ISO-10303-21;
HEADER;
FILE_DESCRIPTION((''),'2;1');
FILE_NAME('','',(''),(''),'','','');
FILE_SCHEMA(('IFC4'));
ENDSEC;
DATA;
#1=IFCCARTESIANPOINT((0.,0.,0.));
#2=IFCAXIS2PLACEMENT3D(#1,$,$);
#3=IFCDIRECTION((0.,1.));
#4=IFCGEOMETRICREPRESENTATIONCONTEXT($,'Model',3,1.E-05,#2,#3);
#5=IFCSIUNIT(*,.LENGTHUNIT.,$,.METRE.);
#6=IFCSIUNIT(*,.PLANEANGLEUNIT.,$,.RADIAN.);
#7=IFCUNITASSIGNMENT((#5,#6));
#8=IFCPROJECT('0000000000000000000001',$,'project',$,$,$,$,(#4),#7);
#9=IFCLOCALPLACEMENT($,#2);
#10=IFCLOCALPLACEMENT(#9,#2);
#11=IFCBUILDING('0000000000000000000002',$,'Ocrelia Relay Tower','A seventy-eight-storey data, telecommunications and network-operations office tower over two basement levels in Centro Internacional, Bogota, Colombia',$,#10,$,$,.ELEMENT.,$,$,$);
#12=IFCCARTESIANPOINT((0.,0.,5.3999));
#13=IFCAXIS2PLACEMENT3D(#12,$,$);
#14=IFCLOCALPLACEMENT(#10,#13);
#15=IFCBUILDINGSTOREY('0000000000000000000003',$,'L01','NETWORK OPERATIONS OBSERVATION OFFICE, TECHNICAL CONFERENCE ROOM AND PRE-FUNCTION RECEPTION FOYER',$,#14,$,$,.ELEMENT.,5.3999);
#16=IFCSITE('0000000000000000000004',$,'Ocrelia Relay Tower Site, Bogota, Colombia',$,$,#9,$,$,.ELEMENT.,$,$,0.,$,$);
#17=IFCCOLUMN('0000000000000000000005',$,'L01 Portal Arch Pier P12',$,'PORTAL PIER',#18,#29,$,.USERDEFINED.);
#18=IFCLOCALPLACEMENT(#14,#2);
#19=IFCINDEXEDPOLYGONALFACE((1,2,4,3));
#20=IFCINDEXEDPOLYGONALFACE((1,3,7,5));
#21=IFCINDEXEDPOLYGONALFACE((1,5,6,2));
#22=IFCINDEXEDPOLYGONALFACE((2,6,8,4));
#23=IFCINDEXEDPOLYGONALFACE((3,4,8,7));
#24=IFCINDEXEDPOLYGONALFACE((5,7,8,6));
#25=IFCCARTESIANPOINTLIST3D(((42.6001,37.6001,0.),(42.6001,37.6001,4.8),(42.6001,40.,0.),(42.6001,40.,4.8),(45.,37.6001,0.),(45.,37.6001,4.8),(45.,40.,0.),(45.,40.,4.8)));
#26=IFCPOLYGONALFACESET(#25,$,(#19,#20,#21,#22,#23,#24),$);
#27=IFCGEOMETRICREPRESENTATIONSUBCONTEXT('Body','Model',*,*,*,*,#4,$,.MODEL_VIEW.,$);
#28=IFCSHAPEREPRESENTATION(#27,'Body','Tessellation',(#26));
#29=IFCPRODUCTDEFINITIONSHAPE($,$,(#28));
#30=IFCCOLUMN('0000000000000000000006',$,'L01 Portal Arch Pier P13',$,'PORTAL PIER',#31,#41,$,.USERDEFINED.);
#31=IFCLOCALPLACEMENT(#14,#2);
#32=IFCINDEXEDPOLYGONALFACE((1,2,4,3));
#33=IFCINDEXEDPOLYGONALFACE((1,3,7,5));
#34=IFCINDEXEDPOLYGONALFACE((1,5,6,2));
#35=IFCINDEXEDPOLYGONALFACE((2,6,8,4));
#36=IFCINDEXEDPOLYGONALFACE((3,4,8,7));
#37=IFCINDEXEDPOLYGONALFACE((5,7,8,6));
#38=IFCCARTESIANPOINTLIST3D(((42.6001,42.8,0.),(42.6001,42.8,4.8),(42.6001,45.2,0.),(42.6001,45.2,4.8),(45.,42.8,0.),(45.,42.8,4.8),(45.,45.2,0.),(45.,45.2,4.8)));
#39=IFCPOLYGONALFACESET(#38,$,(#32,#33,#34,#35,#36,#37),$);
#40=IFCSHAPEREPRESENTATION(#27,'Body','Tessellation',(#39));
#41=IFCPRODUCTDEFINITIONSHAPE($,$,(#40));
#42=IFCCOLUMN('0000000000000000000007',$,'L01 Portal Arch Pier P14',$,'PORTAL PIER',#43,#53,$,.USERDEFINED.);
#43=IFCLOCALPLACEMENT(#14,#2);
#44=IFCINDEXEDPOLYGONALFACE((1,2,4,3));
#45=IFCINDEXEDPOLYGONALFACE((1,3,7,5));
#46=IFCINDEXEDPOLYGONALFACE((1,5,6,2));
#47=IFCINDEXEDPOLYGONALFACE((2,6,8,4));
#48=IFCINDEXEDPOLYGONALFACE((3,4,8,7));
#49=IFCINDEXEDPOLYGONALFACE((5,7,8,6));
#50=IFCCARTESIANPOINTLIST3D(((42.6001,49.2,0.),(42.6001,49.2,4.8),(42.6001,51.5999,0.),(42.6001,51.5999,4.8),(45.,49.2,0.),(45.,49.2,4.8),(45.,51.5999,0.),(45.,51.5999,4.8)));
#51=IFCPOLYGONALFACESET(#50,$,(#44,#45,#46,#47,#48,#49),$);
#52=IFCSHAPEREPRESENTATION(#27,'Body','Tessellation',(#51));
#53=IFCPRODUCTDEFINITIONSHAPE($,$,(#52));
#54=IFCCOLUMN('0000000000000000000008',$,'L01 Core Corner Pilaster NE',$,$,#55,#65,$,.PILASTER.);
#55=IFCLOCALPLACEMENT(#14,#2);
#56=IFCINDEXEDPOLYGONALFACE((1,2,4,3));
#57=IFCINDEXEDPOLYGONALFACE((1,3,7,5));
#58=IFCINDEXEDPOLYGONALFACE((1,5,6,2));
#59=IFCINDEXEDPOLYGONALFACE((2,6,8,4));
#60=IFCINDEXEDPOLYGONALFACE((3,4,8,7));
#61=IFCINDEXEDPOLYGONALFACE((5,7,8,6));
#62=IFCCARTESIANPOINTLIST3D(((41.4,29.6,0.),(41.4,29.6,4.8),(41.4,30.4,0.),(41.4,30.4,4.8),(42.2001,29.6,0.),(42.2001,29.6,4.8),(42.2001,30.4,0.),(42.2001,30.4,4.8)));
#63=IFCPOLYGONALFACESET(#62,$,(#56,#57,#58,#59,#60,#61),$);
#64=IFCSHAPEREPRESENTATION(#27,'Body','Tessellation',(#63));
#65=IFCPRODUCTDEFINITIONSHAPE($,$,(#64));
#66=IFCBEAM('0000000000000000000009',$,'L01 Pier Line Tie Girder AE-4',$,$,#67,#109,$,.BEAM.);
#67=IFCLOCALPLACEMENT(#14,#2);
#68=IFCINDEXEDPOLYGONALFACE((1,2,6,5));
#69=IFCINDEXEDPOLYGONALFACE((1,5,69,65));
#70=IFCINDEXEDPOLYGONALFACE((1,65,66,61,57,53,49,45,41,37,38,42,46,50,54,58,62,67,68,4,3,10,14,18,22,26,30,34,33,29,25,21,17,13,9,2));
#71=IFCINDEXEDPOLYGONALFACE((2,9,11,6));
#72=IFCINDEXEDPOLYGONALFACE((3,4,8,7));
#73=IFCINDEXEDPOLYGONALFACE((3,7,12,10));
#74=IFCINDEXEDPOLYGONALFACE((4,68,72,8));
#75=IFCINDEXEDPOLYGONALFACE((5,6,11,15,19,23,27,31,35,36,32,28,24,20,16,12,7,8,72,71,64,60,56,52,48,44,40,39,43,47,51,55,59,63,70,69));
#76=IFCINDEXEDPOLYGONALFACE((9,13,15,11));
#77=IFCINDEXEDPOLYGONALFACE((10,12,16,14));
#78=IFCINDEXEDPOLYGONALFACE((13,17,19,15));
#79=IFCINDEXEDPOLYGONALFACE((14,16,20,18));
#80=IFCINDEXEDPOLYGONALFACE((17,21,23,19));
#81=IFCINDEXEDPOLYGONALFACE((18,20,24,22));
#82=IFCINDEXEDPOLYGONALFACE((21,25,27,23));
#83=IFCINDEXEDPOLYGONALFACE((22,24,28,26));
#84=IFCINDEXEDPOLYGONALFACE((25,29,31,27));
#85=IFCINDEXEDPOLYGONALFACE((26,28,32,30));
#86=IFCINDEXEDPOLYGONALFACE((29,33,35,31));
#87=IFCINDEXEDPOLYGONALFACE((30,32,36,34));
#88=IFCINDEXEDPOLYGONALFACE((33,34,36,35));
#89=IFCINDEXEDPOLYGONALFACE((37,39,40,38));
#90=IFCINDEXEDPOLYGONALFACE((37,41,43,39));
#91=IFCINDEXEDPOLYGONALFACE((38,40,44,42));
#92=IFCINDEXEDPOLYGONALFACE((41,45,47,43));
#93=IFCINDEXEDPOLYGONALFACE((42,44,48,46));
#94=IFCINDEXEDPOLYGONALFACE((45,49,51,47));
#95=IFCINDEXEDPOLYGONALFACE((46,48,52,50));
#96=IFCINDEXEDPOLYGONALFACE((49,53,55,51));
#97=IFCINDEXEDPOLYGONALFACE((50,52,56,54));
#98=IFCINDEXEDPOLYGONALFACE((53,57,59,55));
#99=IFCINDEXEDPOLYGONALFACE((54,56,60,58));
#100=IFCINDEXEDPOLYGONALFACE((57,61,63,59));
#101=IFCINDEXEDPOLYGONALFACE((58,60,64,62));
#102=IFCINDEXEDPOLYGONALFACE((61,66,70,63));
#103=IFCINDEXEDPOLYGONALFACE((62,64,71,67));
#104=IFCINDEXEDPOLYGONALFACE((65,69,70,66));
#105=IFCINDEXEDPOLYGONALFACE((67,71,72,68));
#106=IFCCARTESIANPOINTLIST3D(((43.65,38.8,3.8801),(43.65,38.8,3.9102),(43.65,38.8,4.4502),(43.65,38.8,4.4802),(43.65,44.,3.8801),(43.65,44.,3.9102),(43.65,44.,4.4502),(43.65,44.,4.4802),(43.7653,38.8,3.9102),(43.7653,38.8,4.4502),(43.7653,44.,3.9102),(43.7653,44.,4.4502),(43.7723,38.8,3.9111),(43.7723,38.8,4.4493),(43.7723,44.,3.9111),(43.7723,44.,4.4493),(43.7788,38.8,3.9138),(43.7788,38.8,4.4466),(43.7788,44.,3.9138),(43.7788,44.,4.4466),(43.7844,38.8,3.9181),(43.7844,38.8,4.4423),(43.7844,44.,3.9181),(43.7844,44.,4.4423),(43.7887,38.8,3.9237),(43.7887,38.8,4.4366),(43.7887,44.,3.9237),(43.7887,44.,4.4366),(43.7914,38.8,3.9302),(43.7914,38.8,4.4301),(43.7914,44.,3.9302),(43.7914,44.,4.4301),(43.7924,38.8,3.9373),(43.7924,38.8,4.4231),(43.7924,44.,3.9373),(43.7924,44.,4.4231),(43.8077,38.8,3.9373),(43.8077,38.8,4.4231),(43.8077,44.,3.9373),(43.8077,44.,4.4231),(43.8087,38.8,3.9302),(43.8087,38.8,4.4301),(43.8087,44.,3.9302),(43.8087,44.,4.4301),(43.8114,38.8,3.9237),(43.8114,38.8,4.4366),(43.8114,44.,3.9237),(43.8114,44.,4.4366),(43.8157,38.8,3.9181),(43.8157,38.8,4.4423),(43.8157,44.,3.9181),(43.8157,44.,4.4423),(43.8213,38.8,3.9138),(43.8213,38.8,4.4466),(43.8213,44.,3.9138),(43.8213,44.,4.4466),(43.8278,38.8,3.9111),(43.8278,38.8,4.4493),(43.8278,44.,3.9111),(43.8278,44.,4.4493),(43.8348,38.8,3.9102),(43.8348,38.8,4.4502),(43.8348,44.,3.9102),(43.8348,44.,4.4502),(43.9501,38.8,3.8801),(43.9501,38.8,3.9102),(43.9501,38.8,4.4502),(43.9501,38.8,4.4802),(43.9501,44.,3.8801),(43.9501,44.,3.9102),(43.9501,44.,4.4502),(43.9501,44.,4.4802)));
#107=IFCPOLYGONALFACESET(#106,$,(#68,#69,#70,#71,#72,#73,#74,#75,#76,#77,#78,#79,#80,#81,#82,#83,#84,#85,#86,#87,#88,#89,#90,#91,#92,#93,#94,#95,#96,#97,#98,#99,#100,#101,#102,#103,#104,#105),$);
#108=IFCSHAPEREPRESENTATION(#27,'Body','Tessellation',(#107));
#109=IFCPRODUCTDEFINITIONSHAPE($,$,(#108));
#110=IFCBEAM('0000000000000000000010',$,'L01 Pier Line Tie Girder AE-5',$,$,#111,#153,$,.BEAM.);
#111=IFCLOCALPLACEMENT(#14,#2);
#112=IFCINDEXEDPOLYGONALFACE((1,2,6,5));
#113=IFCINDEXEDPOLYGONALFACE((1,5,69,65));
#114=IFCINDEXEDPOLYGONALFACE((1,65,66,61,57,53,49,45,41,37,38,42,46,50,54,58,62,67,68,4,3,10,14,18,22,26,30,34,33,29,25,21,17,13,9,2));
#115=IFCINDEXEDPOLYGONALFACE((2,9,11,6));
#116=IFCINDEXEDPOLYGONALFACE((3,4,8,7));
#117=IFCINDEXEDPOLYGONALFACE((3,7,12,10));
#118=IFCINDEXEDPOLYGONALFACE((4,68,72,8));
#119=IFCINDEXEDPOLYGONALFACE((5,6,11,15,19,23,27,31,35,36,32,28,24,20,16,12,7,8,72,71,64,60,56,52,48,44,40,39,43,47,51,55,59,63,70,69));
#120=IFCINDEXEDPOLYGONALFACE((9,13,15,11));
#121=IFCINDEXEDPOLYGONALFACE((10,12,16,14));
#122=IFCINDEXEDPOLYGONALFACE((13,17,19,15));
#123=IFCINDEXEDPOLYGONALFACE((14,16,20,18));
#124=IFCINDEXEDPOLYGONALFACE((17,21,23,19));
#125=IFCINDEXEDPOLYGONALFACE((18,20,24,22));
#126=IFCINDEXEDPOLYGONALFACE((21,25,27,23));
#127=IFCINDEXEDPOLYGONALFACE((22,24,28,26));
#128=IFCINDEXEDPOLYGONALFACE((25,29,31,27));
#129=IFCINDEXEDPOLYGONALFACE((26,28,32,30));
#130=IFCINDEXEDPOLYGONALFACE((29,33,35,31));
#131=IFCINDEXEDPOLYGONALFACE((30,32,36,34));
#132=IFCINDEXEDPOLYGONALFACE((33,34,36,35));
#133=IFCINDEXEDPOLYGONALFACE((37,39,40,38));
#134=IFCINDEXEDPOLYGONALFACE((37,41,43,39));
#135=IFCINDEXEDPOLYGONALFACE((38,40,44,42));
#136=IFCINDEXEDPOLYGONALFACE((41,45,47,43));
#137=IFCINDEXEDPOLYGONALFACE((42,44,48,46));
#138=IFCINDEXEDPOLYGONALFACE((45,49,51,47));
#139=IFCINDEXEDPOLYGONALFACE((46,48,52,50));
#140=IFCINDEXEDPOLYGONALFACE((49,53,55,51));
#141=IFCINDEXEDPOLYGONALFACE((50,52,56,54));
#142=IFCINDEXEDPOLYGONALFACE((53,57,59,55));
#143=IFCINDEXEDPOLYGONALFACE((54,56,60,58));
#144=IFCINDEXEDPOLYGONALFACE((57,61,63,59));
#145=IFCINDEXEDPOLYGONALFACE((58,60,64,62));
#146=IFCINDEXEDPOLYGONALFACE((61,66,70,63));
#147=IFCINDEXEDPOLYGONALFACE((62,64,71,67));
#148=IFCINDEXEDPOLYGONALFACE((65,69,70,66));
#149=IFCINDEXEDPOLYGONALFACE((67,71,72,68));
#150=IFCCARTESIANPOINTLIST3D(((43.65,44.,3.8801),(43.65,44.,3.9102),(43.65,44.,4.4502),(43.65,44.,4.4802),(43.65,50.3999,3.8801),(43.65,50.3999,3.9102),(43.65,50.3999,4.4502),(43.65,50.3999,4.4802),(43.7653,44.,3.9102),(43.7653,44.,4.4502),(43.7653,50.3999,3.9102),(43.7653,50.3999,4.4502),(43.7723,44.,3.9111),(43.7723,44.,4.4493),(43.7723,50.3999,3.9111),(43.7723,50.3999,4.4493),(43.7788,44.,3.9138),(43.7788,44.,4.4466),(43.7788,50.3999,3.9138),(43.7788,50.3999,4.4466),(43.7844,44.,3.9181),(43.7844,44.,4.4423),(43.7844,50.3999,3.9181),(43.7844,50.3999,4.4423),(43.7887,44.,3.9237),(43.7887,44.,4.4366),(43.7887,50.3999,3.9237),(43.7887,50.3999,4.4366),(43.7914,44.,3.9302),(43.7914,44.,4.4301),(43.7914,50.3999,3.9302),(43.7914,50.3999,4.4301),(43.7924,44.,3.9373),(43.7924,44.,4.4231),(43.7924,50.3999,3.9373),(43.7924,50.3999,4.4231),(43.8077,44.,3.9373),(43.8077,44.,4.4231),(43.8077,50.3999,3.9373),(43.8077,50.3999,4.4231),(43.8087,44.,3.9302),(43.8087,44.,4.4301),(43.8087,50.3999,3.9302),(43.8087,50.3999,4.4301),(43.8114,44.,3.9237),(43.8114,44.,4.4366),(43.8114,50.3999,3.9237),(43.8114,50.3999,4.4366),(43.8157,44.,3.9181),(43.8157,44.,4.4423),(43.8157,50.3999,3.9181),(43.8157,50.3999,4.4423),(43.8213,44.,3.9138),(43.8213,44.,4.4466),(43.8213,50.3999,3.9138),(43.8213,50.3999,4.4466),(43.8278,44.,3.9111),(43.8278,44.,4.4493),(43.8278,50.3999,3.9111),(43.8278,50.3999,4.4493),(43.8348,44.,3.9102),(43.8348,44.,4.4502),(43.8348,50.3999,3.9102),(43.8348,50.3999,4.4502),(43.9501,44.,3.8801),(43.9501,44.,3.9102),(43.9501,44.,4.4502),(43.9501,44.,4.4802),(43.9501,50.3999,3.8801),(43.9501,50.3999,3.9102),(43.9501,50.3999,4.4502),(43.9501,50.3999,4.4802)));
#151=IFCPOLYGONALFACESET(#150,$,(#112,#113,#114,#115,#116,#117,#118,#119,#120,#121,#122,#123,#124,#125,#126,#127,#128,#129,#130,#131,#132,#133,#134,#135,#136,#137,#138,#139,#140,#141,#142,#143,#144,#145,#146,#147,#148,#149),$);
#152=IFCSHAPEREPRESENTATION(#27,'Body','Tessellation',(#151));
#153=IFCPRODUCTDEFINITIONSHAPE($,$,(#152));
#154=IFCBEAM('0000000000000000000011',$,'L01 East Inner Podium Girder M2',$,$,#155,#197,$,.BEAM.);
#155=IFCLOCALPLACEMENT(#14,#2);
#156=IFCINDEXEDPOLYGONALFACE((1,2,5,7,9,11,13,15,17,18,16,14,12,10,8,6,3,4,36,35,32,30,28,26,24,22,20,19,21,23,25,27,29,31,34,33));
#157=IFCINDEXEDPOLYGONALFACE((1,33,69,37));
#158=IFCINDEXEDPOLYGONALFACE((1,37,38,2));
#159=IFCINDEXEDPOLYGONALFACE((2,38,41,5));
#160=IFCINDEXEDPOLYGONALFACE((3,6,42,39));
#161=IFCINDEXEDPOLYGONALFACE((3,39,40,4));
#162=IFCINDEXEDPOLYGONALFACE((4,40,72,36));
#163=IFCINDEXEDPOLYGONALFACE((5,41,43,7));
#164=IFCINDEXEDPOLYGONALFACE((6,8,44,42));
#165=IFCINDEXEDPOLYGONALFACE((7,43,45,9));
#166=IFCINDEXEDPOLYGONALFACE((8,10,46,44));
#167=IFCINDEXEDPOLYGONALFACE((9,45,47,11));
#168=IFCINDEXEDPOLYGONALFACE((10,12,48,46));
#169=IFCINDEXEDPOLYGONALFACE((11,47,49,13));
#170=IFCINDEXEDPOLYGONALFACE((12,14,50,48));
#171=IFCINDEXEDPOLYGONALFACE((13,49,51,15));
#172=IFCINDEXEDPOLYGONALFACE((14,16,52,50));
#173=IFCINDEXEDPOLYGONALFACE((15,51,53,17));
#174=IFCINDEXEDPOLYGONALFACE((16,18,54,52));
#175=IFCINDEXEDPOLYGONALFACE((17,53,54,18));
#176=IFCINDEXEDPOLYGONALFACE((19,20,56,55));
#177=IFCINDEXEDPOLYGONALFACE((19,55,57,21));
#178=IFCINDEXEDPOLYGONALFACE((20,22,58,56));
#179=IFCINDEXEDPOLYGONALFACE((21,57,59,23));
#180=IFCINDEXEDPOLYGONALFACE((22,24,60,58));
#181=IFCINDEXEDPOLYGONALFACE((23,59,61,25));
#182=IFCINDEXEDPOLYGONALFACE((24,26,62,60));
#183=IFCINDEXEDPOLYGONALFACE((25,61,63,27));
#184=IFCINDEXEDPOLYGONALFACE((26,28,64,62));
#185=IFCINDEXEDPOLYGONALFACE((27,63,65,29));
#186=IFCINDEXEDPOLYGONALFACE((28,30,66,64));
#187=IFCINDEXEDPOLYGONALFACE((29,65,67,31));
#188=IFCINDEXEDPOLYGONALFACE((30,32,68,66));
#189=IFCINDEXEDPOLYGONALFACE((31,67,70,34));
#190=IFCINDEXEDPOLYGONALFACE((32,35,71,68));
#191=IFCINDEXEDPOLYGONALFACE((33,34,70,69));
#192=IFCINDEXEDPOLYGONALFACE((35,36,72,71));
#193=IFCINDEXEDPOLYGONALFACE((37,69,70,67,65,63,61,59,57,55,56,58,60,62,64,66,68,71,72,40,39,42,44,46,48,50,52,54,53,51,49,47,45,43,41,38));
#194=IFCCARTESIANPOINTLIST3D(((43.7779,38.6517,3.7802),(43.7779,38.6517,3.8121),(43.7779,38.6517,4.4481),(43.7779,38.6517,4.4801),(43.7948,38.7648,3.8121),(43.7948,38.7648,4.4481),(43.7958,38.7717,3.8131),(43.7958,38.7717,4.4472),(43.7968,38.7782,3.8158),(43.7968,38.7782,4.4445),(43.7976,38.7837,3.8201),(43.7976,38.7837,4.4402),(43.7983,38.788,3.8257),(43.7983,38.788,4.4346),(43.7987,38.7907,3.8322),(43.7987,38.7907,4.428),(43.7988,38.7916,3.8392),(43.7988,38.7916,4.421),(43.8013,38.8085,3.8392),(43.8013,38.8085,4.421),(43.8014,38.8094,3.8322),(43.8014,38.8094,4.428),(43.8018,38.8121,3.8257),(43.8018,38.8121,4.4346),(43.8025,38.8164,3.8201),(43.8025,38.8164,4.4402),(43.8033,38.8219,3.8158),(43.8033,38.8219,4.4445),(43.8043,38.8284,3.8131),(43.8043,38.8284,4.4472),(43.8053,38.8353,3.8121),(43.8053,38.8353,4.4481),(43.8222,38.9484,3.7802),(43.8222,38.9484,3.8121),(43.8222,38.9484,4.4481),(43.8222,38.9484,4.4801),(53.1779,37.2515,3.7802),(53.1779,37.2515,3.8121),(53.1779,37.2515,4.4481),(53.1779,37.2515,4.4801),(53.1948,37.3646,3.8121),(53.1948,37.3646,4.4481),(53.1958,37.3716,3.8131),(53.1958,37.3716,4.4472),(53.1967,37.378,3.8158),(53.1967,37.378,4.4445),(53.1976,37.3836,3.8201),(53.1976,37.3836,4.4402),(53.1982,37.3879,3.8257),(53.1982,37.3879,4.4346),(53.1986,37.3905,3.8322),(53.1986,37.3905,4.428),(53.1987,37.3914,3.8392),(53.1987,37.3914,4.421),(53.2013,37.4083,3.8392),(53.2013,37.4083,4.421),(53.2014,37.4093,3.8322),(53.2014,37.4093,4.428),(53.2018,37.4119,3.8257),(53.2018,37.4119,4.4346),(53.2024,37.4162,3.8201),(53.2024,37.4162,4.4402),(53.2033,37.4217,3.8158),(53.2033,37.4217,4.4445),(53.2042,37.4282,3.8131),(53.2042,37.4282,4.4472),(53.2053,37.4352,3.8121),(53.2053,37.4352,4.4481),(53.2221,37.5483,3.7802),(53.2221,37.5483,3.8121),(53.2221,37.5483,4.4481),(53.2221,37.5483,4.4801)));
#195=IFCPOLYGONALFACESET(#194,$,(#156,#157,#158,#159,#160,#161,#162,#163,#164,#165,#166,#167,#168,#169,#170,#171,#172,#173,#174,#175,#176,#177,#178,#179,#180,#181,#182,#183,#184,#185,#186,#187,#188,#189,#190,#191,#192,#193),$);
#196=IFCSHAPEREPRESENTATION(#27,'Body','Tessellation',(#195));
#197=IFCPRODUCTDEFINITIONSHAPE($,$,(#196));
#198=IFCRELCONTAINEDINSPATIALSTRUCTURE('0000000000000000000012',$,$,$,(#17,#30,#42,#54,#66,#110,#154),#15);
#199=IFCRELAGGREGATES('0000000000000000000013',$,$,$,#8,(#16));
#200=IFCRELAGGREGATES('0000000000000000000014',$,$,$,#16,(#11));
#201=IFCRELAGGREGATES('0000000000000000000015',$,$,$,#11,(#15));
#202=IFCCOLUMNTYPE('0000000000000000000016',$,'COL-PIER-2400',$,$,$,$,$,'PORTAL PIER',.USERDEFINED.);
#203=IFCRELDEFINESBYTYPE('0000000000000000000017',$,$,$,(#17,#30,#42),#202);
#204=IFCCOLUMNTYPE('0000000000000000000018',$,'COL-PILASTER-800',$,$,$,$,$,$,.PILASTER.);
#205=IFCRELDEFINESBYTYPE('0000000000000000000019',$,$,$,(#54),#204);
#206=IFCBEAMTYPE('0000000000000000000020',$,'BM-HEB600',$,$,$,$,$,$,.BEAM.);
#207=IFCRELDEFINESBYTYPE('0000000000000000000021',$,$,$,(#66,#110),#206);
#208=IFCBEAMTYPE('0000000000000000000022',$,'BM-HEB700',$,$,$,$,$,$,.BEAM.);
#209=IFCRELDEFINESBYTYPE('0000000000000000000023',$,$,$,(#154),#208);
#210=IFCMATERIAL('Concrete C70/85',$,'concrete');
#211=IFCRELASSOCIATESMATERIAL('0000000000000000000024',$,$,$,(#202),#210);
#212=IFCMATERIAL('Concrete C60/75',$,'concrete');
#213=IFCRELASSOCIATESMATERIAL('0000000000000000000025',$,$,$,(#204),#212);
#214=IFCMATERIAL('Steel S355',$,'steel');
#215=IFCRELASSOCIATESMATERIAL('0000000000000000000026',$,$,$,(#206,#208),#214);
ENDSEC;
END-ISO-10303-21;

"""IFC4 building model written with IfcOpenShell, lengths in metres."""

from ifc_helpers import new_model, si_unit, direction, frame, origin, origin_2d, place, context, subcontext, project, spatial, rectangle, i_section, extrude, material, material_profile, profile_set, type_object, element, save


model = new_model("IFC4")

# Units and contexts
model_context = context("Model", 3, precision=1e-05, world=origin(), true_north=direction((0.0, 1.0)))
body_context = subcontext(model_context, "Body", "Model", "MODEL_VIEW")
ifc_project = project(units=[si_unit("LENGTHUNIT", "METRE"), si_unit("PLANEANGLEUNIT", "RADIAN")], contexts=[model_context])

# Site, building, storey
site_placement = place(None, origin())
site = spatial("IfcSite", under=ifc_project, at=site_placement, Name="Ocrelia Relay Tower Site, Bogota, Colombia", CompositionType="ELEMENT", RefElevation=0.0)
building_placement = place(site_placement, origin())
building = spatial("IfcBuilding", under=site, at=building_placement, Name="Ocrelia Relay Tower", Description="A seventy-eight-storey data, telecommunications and network-operations office tower over two basement levels in Centro Internacional, Bogota, Colombia", CompositionType="ELEMENT")
storey_placement = place(building_placement, frame((0.0, 0.0, 5.3999)))
storey = spatial("IfcBuildingStorey", under=building, at=storey_placement, Name="L01", Description="NETWORK OPERATIONS OBSERVATION OFFICE, TECHNICAL CONFERENCE ROOM AND PRE-FUNCTION RECEPTION FOYER", CompositionType="ELEMENT", Elevation=5.3999)

# Columns
ifc_material_1 = material(Name="Concrete C70/85", Category="concrete")
ifc_material_profile_1 = material_profile(ifc_material_1, rectangle(XDim=2.3999, YDim=2.3999, at=origin_2d()), Name="RC-PIER-2400x2400")
ifc_profile_set_1 = profile_set([ifc_material_profile_1], Name="Concrete C70/85")
column_type_1 = type_object("IfcColumnType", Name="COL-PIER-2400", ElementType="PORTAL PIER", PredefinedType="USERDEFINED", material=ifc_profile_set_1)
for number, where, z_axis, x_axis, name in (
    (1, (43.8, 38.8, 0.0), (0.0, 0.0, 1.0), (1.0, 0.0, 0.0), "L01 Portal Arch Pier P12"),
    (2, (43.8, 44.0, 0.0), (0.0, 0.0, 1.0), (1.0, 0.0, 0.0), "L01 Portal Arch Pier P13"),
    (3, (43.8, 50.3999, 0.0), (0.0, 0.0, 1.0), (1.0, 0.0, 0.0), "L01 Portal Arch Pier P14"),
):
    element("IfcColumn", number, at=place(storey_placement, frame(where, z_axis=z_axis, x_axis=x_axis)), inside=storey, type_object=column_type_1, Name=name, ObjectType="PORTAL PIER", PredefinedType="USERDEFINED", context=body_context, shape_type="SweptSolid", body=[
        extrude(rectangle(XDim=2.3999, YDim=2.3999, at=origin_2d()), origin(), (0.0, 0.0, 1.0), 4.8),
    ])
ifc_material_2 = material(Name="Concrete C60/75", Category="concrete")
ifc_material_profile_2 = material_profile(ifc_material_2, rectangle(XDim=0.8, YDim=0.8, at=origin_2d()), Name="RC-COL-800x800")
ifc_profile_set_2 = profile_set([ifc_material_profile_2], Name="Concrete C60/75")
column_type_2 = type_object("IfcColumnType", Name="COL-PILASTER-800", PredefinedType="PILASTER", material=ifc_profile_set_2)
column_placement = place(storey_placement, frame((41.8, 30.0, 0.0), z_axis=(0.0, 0.0, 1.0), x_axis=(1.0, 0.0, 0.0)))
element("IfcColumn", 4, at=column_placement, inside=storey, type_object=column_type_2, Name="L01 Core Corner Pilaster NE", PredefinedType="PILASTER", context=body_context, shape_type="SweptSolid", body=[
    extrude(rectangle(XDim=0.8, YDim=0.8, at=origin_2d()), origin(), (0.0, 0.0, 1.0), 4.8),
])

# Beams
ifc_material_3 = material(Name="Steel S355", Category="steel")
ifc_material_profile_3 = material_profile(ifc_material_3, i_section(OverallWidth=0.3, OverallDepth=0.6001, WebThickness=0.0154, FlangeThickness=0.03, FilletRadius=0.0271, at=origin_2d()), Name="HEB 600")
ifc_profile_set_3 = profile_set([ifc_material_profile_3], Name="Steel S355")
beam_type_1 = type_object("IfcBeamType", Name="BM-HEB600", PredefinedType="BEAM", material=ifc_profile_set_3)
beam_1_placement = place(storey_placement, frame((43.8, 38.8, 4.1802), z_axis=(0.0, 1.0, 0.0), x_axis=(-1.0, 0.0, 0.0)))
element("IfcBeam", 5, at=beam_1_placement, inside=storey, type_object=beam_type_1, Name="L01 Pier Line Tie Girder AE-4", PredefinedType="BEAM", context=body_context, shape_type="SweptSolid", body=[
    extrude(i_section(OverallWidth=0.3, OverallDepth=0.6001, WebThickness=0.0154, FlangeThickness=0.03, FilletRadius=0.0271, at=origin_2d()), origin(), (0.0, 0.0, 1.0), 5.2),
])
beam_2_placement = place(storey_placement, frame((43.8, 44.0, 4.1802), z_axis=(0.0, 1.0, 0.0), x_axis=(-1.0, 0.0, 0.0)))
element("IfcBeam", 6, at=beam_2_placement, inside=storey, type_object=beam_type_1, Name="L01 Pier Line Tie Girder AE-5", PredefinedType="BEAM", context=body_context, shape_type="SweptSolid", body=[
    extrude(i_section(OverallWidth=0.3, OverallDepth=0.6001, WebThickness=0.0154, FlangeThickness=0.03, FilletRadius=0.0271, at=origin_2d()), origin(), (0.0, 0.0, 1.0), 6.3999),
])
ifc_material_profile_4 = material_profile(ifc_material_3, i_section(OverallWidth=0.3, OverallDepth=0.7, WebThickness=0.0171, FlangeThickness=0.032, FilletRadius=0.0271, at=origin_2d()), Name="HEB 700")
ifc_profile_set_4 = profile_set([ifc_material_profile_4], Name="Steel S355")
beam_type_2 = type_object("IfcBeamType", Name="BM-HEB700", PredefinedType="BEAM", material=ifc_profile_set_4)
beam_3_placement = place(storey_placement, frame((43.8, 38.8, 4.1301), z_axis=(0.989088, -0.147328, 0.0), x_axis=(0.147328, 0.989088, 0.0)))
element("IfcBeam", 7, at=beam_3_placement, inside=storey, type_object=beam_type_2, Name="L01 East Inner Podium Girder M2", PredefinedType="BEAM", context=body_context, shape_type="SweptSolid", body=[
    extrude(i_section(OverallWidth=0.3, OverallDepth=0.7, WebThickness=0.0171, FlangeThickness=0.032, FilletRadius=0.0271, at=origin_2d()), origin(), (0.0, 0.0, 1.0), 9.5037),
])

save(model, "model.ifc")
